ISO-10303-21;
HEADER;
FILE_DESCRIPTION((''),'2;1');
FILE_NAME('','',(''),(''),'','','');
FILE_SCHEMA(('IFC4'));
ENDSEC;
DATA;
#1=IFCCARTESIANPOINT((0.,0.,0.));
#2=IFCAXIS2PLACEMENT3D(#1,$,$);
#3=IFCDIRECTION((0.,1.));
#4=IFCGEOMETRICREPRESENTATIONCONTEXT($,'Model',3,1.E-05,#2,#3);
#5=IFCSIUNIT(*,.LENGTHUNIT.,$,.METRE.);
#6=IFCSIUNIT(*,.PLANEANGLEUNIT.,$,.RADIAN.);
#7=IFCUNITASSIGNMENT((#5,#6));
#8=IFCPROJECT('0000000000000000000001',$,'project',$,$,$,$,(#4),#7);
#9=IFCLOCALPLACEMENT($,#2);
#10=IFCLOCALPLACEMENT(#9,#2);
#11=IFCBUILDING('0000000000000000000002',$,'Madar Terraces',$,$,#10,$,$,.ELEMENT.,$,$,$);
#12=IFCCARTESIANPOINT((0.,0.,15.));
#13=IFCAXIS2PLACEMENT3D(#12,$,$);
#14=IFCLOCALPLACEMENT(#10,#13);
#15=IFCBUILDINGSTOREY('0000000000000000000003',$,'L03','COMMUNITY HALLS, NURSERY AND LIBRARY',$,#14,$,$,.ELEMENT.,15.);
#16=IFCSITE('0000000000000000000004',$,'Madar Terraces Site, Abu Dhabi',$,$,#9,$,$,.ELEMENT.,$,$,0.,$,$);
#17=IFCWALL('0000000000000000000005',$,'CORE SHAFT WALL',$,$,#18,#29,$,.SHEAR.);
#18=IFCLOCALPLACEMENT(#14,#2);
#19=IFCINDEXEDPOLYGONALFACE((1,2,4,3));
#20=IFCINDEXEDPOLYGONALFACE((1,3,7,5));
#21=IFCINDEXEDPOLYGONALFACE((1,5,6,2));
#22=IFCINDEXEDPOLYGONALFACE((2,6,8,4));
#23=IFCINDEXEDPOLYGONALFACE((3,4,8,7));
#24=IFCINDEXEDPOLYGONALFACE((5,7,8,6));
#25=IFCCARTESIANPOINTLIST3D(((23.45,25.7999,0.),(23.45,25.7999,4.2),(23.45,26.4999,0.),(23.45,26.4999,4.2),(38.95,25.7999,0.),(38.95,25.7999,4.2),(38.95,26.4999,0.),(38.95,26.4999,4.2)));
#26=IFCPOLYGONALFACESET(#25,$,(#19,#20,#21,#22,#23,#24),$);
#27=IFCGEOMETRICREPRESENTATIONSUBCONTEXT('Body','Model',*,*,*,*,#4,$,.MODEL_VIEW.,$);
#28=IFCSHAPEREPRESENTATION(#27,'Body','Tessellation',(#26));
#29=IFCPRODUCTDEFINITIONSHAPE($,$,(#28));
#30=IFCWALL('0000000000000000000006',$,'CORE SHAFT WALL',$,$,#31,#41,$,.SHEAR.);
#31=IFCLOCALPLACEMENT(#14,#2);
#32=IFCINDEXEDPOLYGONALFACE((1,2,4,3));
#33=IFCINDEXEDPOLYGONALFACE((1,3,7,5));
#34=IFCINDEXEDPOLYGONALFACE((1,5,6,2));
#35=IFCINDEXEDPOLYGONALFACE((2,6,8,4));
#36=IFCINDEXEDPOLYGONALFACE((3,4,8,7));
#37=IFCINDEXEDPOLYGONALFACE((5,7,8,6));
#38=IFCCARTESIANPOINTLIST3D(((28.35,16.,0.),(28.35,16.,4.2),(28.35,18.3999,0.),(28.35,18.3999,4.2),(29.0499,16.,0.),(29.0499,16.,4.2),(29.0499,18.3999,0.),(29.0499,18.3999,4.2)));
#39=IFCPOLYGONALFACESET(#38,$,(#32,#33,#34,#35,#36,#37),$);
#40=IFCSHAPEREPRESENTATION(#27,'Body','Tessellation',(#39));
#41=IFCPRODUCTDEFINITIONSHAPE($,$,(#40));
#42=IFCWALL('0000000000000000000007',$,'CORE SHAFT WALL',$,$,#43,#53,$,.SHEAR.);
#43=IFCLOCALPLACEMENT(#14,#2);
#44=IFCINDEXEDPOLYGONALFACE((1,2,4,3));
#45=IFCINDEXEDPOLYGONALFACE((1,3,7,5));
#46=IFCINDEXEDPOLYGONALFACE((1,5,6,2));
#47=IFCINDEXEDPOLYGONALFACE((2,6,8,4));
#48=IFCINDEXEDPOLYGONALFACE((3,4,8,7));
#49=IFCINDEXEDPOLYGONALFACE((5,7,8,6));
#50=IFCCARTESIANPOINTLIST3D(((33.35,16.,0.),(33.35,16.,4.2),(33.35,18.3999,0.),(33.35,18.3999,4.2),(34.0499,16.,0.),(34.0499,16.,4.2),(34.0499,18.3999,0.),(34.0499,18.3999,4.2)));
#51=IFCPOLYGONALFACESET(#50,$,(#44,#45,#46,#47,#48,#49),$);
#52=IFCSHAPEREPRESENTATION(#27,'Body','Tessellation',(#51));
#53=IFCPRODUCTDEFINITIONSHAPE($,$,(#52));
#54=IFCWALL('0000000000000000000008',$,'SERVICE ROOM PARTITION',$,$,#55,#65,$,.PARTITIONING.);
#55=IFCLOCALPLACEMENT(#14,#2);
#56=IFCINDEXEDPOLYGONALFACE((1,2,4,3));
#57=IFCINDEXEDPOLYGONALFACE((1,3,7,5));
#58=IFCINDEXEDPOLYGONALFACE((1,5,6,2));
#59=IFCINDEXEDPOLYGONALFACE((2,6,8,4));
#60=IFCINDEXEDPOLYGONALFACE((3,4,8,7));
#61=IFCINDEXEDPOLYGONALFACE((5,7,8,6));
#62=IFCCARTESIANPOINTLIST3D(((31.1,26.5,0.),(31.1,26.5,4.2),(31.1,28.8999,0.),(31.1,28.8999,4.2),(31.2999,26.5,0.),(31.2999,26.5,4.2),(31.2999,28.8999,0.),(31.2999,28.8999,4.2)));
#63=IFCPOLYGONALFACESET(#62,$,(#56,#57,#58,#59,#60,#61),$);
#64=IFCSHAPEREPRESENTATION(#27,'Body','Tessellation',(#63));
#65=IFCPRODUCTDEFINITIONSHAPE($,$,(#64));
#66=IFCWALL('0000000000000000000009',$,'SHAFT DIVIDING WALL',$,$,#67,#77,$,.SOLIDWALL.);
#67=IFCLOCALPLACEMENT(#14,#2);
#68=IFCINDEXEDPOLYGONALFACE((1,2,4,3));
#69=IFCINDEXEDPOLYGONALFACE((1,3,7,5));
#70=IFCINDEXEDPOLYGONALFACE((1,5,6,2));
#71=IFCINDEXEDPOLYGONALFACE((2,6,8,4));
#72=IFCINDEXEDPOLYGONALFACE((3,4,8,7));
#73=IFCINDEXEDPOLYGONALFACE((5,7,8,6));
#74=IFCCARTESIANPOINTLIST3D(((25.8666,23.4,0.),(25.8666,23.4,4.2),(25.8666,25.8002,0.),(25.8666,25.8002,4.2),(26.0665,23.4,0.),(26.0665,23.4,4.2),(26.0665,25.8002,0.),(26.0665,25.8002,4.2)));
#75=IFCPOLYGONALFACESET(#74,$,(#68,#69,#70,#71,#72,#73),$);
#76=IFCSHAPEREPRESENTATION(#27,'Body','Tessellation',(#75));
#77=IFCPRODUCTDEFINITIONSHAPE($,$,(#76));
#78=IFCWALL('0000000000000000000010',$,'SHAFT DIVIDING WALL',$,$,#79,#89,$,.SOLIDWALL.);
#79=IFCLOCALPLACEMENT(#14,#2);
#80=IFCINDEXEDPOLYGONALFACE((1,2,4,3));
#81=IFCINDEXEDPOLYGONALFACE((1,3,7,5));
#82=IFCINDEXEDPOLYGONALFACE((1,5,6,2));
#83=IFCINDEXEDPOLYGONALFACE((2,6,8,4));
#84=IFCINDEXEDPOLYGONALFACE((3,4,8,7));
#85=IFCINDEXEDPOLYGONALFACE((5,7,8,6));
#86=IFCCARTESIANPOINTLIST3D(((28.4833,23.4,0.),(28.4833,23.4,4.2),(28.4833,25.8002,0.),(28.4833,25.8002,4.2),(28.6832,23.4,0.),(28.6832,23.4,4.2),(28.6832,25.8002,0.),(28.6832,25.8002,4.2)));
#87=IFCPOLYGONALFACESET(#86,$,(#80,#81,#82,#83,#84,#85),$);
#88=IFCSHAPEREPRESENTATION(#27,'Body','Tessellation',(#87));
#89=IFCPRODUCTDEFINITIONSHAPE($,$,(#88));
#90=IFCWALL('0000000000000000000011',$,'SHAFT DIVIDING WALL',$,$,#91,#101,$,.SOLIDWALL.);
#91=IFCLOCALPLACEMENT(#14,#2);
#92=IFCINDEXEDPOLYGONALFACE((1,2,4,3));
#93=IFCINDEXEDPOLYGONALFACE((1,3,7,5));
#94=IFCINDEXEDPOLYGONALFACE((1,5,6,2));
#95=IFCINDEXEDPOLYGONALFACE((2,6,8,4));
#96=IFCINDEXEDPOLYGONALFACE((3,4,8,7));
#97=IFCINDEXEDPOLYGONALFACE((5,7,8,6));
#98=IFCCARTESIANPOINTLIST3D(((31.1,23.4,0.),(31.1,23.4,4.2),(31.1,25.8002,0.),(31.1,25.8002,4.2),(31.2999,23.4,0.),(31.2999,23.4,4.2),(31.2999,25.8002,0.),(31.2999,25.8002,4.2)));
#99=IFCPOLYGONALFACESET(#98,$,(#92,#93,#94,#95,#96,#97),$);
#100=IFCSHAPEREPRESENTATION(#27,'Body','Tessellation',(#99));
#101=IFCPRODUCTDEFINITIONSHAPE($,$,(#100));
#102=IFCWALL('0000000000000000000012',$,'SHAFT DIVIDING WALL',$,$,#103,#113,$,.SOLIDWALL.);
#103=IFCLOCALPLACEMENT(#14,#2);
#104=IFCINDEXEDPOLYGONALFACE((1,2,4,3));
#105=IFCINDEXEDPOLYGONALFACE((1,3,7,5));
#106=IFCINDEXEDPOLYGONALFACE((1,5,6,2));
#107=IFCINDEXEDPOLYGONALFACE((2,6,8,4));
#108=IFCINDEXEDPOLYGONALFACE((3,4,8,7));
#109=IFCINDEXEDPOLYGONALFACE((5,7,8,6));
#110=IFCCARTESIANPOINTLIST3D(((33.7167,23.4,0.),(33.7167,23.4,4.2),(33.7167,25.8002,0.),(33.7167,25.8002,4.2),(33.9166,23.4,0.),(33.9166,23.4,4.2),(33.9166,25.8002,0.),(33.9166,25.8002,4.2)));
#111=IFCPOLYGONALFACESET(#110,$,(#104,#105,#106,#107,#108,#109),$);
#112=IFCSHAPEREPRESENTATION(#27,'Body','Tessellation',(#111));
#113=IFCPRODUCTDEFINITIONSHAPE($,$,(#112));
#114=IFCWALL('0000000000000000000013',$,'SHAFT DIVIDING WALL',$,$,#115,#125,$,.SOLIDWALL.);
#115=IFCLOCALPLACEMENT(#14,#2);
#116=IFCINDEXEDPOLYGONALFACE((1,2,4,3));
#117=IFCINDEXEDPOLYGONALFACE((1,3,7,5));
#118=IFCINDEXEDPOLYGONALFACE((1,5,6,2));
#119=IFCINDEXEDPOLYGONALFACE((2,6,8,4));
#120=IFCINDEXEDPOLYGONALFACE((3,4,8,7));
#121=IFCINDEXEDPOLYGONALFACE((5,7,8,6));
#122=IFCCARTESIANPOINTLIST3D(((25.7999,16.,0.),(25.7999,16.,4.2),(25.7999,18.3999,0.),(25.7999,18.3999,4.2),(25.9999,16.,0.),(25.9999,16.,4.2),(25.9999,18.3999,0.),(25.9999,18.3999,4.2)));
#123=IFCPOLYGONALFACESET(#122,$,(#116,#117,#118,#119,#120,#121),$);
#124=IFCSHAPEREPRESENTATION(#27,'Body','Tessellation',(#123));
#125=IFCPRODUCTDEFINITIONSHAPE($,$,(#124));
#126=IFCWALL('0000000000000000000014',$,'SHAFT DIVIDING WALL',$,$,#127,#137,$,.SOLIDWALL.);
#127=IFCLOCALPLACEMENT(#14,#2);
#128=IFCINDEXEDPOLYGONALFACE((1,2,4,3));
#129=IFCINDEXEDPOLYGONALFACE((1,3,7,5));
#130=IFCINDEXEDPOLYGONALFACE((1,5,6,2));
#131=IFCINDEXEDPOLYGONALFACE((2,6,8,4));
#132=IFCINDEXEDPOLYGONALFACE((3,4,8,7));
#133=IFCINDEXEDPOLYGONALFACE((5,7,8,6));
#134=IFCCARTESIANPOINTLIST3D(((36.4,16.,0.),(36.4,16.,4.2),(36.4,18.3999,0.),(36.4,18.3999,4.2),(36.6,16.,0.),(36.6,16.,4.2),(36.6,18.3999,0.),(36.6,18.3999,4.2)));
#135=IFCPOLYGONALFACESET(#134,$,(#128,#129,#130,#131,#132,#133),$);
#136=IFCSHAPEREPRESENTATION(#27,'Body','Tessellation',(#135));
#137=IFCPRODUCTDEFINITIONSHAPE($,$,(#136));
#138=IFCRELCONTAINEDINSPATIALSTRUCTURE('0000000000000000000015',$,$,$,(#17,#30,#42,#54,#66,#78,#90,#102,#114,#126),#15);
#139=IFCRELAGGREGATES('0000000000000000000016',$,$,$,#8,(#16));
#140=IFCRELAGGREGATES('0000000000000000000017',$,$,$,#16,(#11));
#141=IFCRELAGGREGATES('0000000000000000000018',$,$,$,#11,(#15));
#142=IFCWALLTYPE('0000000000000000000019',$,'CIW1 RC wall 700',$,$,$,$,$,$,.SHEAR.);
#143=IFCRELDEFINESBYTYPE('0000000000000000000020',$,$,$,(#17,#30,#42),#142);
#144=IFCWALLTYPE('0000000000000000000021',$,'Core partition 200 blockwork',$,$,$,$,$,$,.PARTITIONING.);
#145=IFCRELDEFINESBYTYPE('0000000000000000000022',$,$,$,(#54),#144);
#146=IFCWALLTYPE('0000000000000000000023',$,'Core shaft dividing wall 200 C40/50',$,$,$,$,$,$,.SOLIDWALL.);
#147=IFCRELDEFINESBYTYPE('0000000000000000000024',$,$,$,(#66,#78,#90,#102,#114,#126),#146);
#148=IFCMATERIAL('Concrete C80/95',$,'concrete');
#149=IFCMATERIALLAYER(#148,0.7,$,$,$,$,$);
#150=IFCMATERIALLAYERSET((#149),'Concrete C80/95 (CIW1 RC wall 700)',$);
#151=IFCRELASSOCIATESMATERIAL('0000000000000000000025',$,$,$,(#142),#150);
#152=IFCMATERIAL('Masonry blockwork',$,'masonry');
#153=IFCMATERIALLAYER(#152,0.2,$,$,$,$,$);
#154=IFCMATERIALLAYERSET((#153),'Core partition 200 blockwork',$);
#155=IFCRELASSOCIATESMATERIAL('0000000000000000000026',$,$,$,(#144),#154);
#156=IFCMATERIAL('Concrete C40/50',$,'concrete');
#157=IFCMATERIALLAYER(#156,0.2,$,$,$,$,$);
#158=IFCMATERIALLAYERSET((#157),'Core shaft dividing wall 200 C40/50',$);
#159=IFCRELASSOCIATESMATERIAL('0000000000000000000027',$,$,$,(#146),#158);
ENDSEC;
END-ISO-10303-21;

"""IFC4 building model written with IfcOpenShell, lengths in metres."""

from ifc_helpers import new_model, si_unit, direction, frame, frame_2d, origin, place, context, subcontext, project, spatial, rectangle, extrude, material, layer, layer_set, type_object, element, save


model = new_model("IFC4")

# Units and contexts
model_context = context("Model", 3, precision=1e-05, world=origin(), true_north=direction((0.0, 1.0)))
body_context = subcontext(model_context, "Body", "Model", "MODEL_VIEW")
ifc_project = project(units=[si_unit("LENGTHUNIT", "METRE"), si_unit("PLANEANGLEUNIT", "RADIAN")], contexts=[model_context])

# Site, building, storey
site_placement = place(None, origin())
site = spatial("IfcSite", under=ifc_project, at=site_placement, Name="Madar Terraces Site, Abu Dhabi", CompositionType="ELEMENT", RefElevation=0.0)
building_placement = place(site_placement, origin())
building = spatial("IfcBuilding", under=site, at=building_placement, Name="Madar Terraces", CompositionType="ELEMENT")
storey_placement = place(building_placement, frame((0.0, 0.0, 15.0)))
storey = spatial("IfcBuildingStorey", under=building, at=storey_placement, Name="L03", Description="COMMUNITY HALLS, NURSERY AND LIBRARY", CompositionType="ELEMENT", Elevation=15.0)

# Shared definitions
ifc_material_1 = material(Name="Concrete C80/95", Category="concrete")
ifc_layer_1 = layer(ifc_material_1, 0.7)
ifc_layer_set_1 = layer_set([ifc_layer_1], Name="Concrete C80/95 (CIW1 RC wall 700)")
wall_type_1 = type_object("IfcWallType", Name="CIW1 RC wall 700", PredefinedType="SHEAR", material=ifc_layer_set_1)

# Walls
wall_1_placement = place(storey_placement, frame((23.45, 26.1499, 0.0), z_axis=(0.0, 0.0, 1.0), x_axis=(1.0, 0.0, 0.0)))
element("IfcWall", 1, at=wall_1_placement, inside=storey, type_object=wall_type_1, Name="CORE SHAFT WALL", PredefinedType="SHEAR", context=body_context, shape_type="SweptSolid", body=[
    extrude(rectangle(XDim=15.5, YDim=0.7, at=frame_2d((7.75, 0.0))), origin(), (0.0, 0.0, 1.0), 4.2),
])
for number, where, z_axis, x_axis, name in (
    (2, (28.7, 16.0, 0.0), (0.0, 0.0, 1.0), (0.0, 1.0, 0.0), "CORE SHAFT WALL"),
    (3, (33.7, 16.0, 0.0), (0.0, 0.0, 1.0), (0.0, 1.0, 0.0), "CORE SHAFT WALL"),
):
    element("IfcWall", number, at=place(storey_placement, frame(where, z_axis=z_axis, x_axis=x_axis)), inside=storey, type_object=wall_type_1, Name=name, PredefinedType="SHEAR", context=body_context, shape_type="SweptSolid", body=[
        extrude(rectangle(XDim=2.3999, YDim=0.7, at=frame_2d((1.2, 0.0))), origin(), (0.0, 0.0, 1.0), 4.2),
    ])
ifc_material_2 = material(Name="Masonry blockwork", Category="masonry")
ifc_layer_2 = layer(ifc_material_2, 0.2)
ifc_layer_set_2 = layer_set([ifc_layer_2], Name="Core partition 200 blockwork")
wall_type_2 = type_object("IfcWallType", Name="Core partition 200 blockwork", PredefinedType="PARTITIONING", material=ifc_layer_set_2)
wall_2_placement = place(storey_placement, frame((31.2, 26.5, 0.0), z_axis=(0.0, 0.0, 1.0), x_axis=(0.0, 1.0, 0.0)))
element("IfcWall", 4, at=wall_2_placement, inside=storey, type_object=wall_type_2, Name="SERVICE ROOM PARTITION", PredefinedType="PARTITIONING", context=body_context, shape_type="SweptSolid", body=[
    extrude(rectangle(XDim=2.3999, YDim=0.2, at=frame_2d((1.2, 0.0))), origin(), (0.0, 0.0, 1.0), 4.2),
])
ifc_material_3 = material(Name="Concrete C40/50", Category="concrete")
ifc_layer_3 = layer(ifc_material_3, 0.2)
ifc_layer_set_3 = layer_set([ifc_layer_3], Name="Core shaft dividing wall 200 C40/50")
wall_type_3 = type_object("IfcWallType", Name="Core shaft dividing wall 200 C40/50", PredefinedType="SOLIDWALL", material=ifc_layer_set_3)
for number, where, z_axis, x_axis, name in (
    (5, (25.9666, 23.3999, 0.0), (0.0, 0.0, 1.0), (0.0, 1.0, 0.0), "SHAFT DIVIDING WALL"),
    (6, (28.5833, 23.3999, 0.0), (0.0, 0.0, 1.0), (0.0, 1.0, 0.0), "SHAFT DIVIDING WALL"),
    (7, (31.2, 23.3999, 0.0), (0.0, 0.0, 1.0), (0.0, 1.0, 0.0), "SHAFT DIVIDING WALL"),
    (8, (33.8167, 23.3999, 0.0), (0.0, 0.0, 1.0), (0.0, 1.0, 0.0), "SHAFT DIVIDING WALL"),
):
    element("IfcWall", number, at=place(storey_placement, frame(where, z_axis=z_axis, x_axis=x_axis)), inside=storey, type_object=wall_type_3, Name=name, PredefinedType="SOLIDWALL", context=body_context, shape_type="SweptSolid", body=[
        extrude(rectangle(XDim=2.4001, YDim=0.2, at=frame_2d((1.2002, 0.0))), origin(), (0.0, 0.0, 1.0), 4.2),
    ])
for number, where, z_axis, x_axis, name in (
    (9, (25.8999, 16.0, 0.0), (0.0, 0.0, 1.0), (0.0, 1.0, 0.0), "SHAFT DIVIDING WALL"),
    (10, (36.5, 16.0, 0.0), (0.0, 0.0, 1.0), (0.0, 1.0, 0.0), "SHAFT DIVIDING WALL"),
):
    element("IfcWall", number, at=place(storey_placement, frame(where, z_axis=z_axis, x_axis=x_axis)), inside=storey, type_object=wall_type_3, Name=name, PredefinedType="SOLIDWALL", context=body_context, shape_type="SweptSolid", body=[
        extrude(rectangle(XDim=2.3999, YDim=0.2, at=frame_2d((1.2, 0.0))), origin(), (0.0, 0.0, 1.0), 4.2),
    ])

save(model, "model.ifc")
